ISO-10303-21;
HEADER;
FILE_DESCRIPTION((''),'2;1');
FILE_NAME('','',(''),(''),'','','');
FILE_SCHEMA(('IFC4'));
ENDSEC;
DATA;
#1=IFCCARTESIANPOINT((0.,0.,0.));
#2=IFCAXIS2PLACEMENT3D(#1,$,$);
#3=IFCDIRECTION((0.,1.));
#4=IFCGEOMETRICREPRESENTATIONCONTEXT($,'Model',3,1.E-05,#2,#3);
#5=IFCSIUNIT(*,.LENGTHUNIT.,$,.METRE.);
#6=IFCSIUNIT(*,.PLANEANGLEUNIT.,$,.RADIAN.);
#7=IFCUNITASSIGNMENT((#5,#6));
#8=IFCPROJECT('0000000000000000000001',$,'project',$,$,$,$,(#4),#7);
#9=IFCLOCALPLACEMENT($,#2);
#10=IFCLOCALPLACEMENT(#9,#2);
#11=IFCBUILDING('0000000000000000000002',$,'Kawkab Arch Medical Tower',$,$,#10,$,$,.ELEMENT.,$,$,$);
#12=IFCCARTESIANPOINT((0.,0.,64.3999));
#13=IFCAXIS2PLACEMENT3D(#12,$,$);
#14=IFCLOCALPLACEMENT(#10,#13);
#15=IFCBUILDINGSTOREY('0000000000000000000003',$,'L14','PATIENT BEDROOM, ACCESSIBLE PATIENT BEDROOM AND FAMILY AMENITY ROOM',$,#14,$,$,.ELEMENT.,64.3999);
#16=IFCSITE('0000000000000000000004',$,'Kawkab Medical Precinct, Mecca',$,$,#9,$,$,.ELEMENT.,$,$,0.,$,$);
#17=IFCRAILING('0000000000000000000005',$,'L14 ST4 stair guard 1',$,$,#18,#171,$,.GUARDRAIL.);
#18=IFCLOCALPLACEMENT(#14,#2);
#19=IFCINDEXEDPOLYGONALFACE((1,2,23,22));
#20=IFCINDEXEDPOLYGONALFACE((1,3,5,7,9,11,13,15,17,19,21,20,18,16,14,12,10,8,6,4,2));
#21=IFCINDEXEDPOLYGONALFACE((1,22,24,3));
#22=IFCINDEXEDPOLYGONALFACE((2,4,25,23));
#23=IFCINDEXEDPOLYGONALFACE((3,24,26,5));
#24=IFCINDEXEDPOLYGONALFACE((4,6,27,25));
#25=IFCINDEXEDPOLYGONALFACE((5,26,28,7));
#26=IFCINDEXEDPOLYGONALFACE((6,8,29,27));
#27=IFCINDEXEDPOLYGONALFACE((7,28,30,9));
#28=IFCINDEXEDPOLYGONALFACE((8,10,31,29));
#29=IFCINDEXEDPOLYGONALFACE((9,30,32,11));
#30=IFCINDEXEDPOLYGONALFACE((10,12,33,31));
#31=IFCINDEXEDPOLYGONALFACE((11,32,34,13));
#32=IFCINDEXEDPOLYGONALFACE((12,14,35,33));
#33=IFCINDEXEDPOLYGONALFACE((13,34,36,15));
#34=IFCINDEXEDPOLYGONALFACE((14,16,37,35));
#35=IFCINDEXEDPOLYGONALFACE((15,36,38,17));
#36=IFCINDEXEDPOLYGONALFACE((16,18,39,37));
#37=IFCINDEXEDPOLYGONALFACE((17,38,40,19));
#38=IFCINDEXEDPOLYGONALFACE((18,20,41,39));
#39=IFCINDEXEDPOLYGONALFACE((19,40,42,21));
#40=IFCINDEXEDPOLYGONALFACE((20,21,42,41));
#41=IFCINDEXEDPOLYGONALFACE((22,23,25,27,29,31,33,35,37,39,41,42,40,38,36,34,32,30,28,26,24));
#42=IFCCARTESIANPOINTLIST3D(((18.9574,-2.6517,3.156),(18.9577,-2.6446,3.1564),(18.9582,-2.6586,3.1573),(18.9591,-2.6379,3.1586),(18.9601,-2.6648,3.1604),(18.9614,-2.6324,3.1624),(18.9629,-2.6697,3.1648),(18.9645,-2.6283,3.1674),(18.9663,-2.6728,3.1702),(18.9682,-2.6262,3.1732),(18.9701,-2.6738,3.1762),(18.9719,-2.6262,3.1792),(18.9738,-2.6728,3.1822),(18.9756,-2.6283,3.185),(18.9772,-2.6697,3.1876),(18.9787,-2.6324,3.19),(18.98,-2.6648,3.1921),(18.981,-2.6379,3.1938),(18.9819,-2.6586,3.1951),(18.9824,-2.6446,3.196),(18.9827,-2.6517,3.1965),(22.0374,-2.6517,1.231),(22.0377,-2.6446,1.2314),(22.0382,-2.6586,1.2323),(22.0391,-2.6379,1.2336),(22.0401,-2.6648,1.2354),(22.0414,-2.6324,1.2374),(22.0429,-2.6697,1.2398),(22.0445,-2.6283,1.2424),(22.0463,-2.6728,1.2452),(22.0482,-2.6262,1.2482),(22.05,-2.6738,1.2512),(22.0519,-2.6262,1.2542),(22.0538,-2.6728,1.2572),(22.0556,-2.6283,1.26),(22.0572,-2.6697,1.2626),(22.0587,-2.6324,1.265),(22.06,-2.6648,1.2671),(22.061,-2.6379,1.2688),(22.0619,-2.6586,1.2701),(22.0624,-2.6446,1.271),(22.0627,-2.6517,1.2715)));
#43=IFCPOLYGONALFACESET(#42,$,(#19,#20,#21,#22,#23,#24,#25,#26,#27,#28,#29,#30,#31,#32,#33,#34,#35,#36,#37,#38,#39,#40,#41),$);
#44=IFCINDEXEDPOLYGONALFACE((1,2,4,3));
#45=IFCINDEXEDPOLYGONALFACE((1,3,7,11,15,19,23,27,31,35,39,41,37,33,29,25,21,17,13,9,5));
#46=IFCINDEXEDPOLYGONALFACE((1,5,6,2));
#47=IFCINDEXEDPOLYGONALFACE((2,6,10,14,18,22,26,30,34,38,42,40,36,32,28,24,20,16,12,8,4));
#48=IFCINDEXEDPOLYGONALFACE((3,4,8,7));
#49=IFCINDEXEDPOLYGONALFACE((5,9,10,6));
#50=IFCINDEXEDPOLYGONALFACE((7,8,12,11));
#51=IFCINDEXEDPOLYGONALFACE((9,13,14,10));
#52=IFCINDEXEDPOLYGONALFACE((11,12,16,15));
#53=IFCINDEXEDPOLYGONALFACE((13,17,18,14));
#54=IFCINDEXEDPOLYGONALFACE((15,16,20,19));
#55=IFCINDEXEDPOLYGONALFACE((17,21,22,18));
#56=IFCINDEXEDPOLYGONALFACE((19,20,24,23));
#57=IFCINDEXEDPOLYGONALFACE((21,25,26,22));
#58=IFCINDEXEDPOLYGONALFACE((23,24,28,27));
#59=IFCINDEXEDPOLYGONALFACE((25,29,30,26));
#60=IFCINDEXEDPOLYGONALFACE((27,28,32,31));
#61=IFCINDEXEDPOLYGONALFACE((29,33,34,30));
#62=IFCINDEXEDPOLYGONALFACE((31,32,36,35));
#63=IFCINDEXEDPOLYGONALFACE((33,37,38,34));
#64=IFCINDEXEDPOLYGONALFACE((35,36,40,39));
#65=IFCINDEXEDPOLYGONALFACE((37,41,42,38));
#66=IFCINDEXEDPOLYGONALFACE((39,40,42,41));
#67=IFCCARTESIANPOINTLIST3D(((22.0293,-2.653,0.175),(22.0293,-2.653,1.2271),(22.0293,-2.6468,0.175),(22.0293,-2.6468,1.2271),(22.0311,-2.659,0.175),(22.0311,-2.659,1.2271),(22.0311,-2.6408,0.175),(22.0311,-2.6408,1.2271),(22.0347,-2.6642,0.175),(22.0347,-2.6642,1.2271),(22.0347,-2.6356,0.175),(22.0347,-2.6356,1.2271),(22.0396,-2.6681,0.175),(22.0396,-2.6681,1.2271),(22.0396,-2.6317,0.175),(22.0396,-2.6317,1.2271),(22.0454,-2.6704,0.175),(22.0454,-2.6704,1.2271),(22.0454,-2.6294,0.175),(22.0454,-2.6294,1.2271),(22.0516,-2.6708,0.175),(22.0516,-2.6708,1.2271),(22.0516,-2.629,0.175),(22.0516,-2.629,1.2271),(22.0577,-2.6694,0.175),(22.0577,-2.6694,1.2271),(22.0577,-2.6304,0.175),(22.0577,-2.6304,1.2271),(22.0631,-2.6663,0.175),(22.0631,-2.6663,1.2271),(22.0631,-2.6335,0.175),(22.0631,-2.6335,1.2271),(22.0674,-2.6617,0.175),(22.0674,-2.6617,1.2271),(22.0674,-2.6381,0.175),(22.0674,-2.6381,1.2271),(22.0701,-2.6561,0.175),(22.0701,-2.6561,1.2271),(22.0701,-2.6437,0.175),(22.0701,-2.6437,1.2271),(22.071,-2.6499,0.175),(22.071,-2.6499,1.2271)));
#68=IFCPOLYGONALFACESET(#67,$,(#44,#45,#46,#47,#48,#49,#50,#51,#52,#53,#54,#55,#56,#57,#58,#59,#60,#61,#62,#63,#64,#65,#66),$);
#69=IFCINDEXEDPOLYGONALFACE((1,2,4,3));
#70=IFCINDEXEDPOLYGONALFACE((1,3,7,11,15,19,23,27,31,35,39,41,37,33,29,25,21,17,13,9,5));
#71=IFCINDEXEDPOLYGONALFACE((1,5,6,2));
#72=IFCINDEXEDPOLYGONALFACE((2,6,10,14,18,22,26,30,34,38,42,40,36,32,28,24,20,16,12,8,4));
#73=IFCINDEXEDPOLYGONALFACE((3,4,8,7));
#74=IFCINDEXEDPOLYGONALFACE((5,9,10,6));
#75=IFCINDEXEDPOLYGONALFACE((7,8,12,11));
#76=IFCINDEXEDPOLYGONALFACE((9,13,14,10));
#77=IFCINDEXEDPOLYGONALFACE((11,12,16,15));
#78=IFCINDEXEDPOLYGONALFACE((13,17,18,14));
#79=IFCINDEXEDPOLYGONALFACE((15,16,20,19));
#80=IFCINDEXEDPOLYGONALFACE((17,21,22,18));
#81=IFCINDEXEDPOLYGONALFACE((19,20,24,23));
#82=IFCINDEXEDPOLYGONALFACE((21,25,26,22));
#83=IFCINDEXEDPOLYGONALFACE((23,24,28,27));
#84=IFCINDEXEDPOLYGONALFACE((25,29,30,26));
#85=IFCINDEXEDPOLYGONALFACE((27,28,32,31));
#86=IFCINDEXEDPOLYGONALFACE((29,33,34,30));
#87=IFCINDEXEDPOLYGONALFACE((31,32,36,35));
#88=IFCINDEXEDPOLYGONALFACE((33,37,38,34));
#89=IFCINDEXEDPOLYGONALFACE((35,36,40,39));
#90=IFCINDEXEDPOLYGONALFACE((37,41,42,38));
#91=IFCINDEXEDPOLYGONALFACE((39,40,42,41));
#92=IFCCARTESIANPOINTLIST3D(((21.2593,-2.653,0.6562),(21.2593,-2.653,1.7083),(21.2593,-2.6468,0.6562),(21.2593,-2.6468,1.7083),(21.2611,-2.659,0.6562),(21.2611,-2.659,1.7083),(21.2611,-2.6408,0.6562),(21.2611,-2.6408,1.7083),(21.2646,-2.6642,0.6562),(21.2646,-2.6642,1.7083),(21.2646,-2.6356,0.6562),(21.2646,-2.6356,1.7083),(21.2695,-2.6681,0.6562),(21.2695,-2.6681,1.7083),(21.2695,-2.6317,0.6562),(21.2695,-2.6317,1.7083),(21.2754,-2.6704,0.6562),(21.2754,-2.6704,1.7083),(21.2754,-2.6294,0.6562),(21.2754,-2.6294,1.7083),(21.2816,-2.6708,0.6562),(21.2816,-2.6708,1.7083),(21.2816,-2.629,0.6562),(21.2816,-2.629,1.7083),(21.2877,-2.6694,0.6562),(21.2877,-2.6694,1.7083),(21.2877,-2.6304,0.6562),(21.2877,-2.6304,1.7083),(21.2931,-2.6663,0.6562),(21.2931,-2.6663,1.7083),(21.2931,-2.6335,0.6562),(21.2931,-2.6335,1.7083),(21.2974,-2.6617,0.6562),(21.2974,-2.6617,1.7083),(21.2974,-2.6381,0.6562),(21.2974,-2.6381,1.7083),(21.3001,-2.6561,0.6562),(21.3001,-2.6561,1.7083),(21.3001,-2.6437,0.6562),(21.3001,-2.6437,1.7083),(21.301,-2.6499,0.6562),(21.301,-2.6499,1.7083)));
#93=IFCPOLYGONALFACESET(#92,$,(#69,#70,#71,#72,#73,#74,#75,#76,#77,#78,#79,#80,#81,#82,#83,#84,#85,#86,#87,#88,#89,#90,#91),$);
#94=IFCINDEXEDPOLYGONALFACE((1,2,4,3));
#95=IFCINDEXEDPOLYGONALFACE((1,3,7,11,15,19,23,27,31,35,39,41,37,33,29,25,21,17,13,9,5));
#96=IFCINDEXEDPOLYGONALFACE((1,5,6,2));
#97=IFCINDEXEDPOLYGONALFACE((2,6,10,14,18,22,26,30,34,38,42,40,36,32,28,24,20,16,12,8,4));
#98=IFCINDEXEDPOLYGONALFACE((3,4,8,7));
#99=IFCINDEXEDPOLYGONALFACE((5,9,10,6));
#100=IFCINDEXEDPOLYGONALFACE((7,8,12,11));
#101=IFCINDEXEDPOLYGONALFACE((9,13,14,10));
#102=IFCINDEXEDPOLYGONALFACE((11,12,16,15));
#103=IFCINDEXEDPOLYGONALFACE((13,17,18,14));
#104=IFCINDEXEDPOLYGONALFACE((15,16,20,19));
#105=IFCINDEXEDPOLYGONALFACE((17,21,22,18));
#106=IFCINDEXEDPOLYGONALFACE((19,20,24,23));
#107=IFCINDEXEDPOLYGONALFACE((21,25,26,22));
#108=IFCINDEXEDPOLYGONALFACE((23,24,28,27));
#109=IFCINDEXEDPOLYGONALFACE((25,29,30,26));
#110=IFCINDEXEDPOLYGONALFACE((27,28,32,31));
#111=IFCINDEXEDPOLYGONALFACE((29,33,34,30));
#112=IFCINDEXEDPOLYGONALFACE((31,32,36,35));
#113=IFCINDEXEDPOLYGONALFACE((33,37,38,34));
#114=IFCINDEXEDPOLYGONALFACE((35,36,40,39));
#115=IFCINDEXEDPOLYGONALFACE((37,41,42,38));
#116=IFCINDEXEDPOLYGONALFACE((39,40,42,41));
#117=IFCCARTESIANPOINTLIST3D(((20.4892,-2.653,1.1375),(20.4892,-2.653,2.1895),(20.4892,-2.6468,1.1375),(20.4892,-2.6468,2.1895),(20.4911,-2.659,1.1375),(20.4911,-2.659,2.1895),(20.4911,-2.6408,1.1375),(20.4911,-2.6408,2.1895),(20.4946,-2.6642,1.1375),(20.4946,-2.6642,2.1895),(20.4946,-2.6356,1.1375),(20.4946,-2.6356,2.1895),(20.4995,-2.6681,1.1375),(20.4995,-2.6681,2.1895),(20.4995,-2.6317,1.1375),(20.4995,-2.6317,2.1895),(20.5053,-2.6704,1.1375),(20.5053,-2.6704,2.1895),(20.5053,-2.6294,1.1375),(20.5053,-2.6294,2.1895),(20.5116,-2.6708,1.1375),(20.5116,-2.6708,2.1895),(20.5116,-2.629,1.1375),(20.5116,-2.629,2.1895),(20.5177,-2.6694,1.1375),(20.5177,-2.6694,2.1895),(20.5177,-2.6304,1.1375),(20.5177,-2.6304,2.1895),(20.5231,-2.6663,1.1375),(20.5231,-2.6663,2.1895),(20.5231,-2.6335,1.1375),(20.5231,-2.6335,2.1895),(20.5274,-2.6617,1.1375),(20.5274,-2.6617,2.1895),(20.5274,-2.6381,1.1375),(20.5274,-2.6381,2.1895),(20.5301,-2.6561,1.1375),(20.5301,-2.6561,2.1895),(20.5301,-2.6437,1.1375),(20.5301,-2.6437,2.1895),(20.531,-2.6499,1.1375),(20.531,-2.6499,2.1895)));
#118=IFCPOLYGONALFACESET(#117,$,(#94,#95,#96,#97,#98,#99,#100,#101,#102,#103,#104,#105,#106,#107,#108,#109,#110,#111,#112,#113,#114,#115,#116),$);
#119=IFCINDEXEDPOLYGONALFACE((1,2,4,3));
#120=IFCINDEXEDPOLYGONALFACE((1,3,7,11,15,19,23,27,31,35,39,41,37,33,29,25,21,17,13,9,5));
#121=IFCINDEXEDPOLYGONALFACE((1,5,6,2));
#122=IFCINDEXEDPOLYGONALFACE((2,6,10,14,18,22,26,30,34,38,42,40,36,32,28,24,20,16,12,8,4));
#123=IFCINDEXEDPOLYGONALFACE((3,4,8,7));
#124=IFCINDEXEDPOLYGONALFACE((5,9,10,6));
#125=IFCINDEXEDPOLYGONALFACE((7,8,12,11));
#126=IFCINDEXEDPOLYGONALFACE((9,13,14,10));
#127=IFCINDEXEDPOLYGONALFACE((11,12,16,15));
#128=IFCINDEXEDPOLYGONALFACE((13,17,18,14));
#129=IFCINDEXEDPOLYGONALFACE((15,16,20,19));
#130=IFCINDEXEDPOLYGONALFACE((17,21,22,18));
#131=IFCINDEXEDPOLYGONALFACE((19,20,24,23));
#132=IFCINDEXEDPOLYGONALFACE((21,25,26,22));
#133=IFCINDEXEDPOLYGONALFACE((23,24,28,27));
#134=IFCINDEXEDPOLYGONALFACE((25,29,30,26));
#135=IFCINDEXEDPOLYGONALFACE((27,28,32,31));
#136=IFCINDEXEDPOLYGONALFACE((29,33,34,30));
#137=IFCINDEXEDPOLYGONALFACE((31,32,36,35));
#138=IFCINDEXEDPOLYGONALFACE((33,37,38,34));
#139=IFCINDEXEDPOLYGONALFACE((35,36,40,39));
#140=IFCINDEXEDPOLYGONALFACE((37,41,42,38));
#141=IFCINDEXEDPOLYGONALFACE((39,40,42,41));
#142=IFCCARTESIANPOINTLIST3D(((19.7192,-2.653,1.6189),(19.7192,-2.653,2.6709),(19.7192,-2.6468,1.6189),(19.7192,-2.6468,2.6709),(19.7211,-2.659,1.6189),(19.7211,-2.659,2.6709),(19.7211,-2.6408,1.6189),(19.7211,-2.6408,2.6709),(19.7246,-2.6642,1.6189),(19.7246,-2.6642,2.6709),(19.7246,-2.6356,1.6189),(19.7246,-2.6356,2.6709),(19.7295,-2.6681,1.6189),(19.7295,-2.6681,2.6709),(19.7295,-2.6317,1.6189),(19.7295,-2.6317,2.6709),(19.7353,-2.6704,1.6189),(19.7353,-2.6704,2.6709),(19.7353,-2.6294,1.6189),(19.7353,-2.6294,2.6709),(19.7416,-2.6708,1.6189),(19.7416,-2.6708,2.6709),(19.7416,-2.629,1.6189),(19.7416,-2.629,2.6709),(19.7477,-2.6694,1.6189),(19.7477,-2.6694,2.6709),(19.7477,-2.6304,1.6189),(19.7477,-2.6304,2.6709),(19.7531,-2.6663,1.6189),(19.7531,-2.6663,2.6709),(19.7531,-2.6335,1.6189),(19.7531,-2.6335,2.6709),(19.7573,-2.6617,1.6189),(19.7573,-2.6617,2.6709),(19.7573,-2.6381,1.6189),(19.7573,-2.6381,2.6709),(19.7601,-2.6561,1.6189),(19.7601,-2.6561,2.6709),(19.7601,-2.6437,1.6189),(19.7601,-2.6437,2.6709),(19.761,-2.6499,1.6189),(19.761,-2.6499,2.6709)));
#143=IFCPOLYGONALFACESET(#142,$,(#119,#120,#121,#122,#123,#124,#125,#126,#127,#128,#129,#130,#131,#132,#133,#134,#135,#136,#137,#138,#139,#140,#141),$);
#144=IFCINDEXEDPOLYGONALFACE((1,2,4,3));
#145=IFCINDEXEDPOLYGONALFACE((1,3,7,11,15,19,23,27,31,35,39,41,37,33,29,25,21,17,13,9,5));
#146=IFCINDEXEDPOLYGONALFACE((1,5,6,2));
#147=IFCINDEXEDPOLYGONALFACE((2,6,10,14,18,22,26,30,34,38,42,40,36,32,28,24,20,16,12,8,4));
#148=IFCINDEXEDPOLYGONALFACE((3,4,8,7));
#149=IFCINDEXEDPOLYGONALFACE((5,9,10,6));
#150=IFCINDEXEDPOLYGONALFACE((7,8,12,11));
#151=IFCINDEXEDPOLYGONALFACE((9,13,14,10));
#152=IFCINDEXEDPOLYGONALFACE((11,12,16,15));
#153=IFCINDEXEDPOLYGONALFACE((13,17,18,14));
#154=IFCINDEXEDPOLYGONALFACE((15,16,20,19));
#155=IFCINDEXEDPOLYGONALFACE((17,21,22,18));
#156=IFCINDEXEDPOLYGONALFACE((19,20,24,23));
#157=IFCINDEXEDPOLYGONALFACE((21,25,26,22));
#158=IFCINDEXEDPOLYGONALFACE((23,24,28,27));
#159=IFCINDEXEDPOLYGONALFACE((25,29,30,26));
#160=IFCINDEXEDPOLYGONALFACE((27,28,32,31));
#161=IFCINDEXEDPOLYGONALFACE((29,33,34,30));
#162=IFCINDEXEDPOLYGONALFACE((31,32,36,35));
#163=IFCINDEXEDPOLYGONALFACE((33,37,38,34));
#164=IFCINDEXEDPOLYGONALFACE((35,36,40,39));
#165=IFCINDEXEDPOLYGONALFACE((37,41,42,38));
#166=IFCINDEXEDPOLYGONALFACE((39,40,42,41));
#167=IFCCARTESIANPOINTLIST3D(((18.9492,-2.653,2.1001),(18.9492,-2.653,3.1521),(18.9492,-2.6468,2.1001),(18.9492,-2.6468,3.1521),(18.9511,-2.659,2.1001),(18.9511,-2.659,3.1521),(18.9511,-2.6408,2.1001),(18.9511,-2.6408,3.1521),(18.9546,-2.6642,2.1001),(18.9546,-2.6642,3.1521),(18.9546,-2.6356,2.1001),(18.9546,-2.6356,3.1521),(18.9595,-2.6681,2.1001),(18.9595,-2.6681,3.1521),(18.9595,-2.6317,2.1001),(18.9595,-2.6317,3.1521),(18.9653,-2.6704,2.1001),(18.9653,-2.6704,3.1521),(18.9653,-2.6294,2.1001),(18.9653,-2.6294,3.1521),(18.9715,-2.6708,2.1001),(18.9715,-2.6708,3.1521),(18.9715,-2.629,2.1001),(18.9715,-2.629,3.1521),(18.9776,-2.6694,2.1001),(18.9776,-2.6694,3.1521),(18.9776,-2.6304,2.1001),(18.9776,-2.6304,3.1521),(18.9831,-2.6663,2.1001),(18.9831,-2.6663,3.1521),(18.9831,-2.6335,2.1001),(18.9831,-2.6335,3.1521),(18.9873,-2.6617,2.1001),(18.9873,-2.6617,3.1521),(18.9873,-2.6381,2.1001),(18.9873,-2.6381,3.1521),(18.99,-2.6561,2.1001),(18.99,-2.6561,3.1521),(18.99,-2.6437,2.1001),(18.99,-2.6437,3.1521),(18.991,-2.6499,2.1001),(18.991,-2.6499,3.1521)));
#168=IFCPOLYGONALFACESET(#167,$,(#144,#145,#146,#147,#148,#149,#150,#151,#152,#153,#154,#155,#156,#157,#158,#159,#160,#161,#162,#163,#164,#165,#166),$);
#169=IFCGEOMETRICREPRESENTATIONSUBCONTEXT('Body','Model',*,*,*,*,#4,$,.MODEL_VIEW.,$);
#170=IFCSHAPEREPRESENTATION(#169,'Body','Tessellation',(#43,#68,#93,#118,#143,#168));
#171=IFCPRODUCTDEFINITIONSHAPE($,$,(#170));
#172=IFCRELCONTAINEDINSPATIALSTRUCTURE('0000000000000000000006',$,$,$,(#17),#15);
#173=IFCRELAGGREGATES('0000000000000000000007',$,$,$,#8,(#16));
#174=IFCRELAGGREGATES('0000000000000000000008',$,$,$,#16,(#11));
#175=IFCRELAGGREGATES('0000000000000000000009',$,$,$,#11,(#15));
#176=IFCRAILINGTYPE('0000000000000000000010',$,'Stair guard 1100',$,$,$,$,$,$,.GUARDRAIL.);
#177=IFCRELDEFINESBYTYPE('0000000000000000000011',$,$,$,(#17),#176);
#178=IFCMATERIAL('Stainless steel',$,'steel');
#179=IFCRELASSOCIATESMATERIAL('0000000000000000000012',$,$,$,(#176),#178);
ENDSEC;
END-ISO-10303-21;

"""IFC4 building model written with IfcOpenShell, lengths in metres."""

from ifc_helpers import new_model, si_unit, direction, frame, origin, origin_2d, place, context, subcontext, project, spatial, circle, extrude, material, type_object, element, save


model = new_model("IFC4")

# Units and contexts
model_context = context("Model", 3, precision=1e-05, world=origin(), true_north=direction((0.0, 1.0)))
body_context = subcontext(model_context, "Body", "Model", "MODEL_VIEW")
ifc_project = project(units=[si_unit("LENGTHUNIT", "METRE"), si_unit("PLANEANGLEUNIT", "RADIAN")], contexts=[model_context])

# Site, building, storey
site_placement = place(None, origin())
site = spatial("IfcSite", under=ifc_project, at=site_placement, Name="Kawkab Medical Precinct, Mecca", CompositionType="ELEMENT", RefElevation=0.0)
building_placement = place(site_placement, origin())
building = spatial("IfcBuilding", under=site, at=building_placement, Name="Kawkab Arch Medical Tower", CompositionType="ELEMENT")
storey_placement = place(building_placement, frame((0.0, 0.0, 64.3999)))
storey = spatial("IfcBuildingStorey", under=building, at=storey_placement, Name="L14", Description="PATIENT BEDROOM, ACCESSIBLE PATIENT BEDROOM AND FAMILY AMENITY ROOM", CompositionType="ELEMENT", Elevation=64.3999)

# Railing
ifc_material_1 = material(Name="Stainless steel", Category="steel")
railing_type_1 = type_object("IfcRailingType", Name="Stair guard 1100", PredefinedType="GUARDRAIL", material=ifc_material_1)
railing_1_placement = place(storey_placement, frame((22.05, -2.6499, 0.175)))
element("IfcRailing", 1, at=railing_1_placement, inside=storey, type_object=railing_type_1, Name="L14 ST4 stair guard 1", PredefinedType="GUARDRAIL", context=body_context, shape_type="SweptSolid", body=[
    extrude(circle(Radius=0.0239, at=origin_2d()), frame((0.0, 0.0, 1.0762), z_axis=(-0.847998, 0.0, 0.529999), x_axis=(0.0, -1.0, 0.0)), (0.0, 0.0, 1.0), 3.6321),
    extrude(circle(Radius=0.021, at=origin_2d()), origin(), (0.0, 0.0, 1.0), 1.052),
    extrude(circle(Radius=0.021, at=origin_2d()), frame((-0.77, 0.0, 0.4812)), (0.0, 0.0, 1.0), 1.052),
    extrude(circle(Radius=0.021, at=origin_2d()), frame((-1.54, 0.0, 0.9624)), (0.0, 0.0, 1.0), 1.052),
    extrude(circle(Radius=0.021, at=origin_2d()), frame((-2.3101, 0.0, 1.4438)), (0.0, 0.0, 1.0), 1.052),
    extrude(circle(Radius=0.021, at=origin_2d()), frame((-3.0801, 0.0, 1.925)), (0.0, 0.0, 1.0), 1.052),
])

save(model, "model.ifc")
